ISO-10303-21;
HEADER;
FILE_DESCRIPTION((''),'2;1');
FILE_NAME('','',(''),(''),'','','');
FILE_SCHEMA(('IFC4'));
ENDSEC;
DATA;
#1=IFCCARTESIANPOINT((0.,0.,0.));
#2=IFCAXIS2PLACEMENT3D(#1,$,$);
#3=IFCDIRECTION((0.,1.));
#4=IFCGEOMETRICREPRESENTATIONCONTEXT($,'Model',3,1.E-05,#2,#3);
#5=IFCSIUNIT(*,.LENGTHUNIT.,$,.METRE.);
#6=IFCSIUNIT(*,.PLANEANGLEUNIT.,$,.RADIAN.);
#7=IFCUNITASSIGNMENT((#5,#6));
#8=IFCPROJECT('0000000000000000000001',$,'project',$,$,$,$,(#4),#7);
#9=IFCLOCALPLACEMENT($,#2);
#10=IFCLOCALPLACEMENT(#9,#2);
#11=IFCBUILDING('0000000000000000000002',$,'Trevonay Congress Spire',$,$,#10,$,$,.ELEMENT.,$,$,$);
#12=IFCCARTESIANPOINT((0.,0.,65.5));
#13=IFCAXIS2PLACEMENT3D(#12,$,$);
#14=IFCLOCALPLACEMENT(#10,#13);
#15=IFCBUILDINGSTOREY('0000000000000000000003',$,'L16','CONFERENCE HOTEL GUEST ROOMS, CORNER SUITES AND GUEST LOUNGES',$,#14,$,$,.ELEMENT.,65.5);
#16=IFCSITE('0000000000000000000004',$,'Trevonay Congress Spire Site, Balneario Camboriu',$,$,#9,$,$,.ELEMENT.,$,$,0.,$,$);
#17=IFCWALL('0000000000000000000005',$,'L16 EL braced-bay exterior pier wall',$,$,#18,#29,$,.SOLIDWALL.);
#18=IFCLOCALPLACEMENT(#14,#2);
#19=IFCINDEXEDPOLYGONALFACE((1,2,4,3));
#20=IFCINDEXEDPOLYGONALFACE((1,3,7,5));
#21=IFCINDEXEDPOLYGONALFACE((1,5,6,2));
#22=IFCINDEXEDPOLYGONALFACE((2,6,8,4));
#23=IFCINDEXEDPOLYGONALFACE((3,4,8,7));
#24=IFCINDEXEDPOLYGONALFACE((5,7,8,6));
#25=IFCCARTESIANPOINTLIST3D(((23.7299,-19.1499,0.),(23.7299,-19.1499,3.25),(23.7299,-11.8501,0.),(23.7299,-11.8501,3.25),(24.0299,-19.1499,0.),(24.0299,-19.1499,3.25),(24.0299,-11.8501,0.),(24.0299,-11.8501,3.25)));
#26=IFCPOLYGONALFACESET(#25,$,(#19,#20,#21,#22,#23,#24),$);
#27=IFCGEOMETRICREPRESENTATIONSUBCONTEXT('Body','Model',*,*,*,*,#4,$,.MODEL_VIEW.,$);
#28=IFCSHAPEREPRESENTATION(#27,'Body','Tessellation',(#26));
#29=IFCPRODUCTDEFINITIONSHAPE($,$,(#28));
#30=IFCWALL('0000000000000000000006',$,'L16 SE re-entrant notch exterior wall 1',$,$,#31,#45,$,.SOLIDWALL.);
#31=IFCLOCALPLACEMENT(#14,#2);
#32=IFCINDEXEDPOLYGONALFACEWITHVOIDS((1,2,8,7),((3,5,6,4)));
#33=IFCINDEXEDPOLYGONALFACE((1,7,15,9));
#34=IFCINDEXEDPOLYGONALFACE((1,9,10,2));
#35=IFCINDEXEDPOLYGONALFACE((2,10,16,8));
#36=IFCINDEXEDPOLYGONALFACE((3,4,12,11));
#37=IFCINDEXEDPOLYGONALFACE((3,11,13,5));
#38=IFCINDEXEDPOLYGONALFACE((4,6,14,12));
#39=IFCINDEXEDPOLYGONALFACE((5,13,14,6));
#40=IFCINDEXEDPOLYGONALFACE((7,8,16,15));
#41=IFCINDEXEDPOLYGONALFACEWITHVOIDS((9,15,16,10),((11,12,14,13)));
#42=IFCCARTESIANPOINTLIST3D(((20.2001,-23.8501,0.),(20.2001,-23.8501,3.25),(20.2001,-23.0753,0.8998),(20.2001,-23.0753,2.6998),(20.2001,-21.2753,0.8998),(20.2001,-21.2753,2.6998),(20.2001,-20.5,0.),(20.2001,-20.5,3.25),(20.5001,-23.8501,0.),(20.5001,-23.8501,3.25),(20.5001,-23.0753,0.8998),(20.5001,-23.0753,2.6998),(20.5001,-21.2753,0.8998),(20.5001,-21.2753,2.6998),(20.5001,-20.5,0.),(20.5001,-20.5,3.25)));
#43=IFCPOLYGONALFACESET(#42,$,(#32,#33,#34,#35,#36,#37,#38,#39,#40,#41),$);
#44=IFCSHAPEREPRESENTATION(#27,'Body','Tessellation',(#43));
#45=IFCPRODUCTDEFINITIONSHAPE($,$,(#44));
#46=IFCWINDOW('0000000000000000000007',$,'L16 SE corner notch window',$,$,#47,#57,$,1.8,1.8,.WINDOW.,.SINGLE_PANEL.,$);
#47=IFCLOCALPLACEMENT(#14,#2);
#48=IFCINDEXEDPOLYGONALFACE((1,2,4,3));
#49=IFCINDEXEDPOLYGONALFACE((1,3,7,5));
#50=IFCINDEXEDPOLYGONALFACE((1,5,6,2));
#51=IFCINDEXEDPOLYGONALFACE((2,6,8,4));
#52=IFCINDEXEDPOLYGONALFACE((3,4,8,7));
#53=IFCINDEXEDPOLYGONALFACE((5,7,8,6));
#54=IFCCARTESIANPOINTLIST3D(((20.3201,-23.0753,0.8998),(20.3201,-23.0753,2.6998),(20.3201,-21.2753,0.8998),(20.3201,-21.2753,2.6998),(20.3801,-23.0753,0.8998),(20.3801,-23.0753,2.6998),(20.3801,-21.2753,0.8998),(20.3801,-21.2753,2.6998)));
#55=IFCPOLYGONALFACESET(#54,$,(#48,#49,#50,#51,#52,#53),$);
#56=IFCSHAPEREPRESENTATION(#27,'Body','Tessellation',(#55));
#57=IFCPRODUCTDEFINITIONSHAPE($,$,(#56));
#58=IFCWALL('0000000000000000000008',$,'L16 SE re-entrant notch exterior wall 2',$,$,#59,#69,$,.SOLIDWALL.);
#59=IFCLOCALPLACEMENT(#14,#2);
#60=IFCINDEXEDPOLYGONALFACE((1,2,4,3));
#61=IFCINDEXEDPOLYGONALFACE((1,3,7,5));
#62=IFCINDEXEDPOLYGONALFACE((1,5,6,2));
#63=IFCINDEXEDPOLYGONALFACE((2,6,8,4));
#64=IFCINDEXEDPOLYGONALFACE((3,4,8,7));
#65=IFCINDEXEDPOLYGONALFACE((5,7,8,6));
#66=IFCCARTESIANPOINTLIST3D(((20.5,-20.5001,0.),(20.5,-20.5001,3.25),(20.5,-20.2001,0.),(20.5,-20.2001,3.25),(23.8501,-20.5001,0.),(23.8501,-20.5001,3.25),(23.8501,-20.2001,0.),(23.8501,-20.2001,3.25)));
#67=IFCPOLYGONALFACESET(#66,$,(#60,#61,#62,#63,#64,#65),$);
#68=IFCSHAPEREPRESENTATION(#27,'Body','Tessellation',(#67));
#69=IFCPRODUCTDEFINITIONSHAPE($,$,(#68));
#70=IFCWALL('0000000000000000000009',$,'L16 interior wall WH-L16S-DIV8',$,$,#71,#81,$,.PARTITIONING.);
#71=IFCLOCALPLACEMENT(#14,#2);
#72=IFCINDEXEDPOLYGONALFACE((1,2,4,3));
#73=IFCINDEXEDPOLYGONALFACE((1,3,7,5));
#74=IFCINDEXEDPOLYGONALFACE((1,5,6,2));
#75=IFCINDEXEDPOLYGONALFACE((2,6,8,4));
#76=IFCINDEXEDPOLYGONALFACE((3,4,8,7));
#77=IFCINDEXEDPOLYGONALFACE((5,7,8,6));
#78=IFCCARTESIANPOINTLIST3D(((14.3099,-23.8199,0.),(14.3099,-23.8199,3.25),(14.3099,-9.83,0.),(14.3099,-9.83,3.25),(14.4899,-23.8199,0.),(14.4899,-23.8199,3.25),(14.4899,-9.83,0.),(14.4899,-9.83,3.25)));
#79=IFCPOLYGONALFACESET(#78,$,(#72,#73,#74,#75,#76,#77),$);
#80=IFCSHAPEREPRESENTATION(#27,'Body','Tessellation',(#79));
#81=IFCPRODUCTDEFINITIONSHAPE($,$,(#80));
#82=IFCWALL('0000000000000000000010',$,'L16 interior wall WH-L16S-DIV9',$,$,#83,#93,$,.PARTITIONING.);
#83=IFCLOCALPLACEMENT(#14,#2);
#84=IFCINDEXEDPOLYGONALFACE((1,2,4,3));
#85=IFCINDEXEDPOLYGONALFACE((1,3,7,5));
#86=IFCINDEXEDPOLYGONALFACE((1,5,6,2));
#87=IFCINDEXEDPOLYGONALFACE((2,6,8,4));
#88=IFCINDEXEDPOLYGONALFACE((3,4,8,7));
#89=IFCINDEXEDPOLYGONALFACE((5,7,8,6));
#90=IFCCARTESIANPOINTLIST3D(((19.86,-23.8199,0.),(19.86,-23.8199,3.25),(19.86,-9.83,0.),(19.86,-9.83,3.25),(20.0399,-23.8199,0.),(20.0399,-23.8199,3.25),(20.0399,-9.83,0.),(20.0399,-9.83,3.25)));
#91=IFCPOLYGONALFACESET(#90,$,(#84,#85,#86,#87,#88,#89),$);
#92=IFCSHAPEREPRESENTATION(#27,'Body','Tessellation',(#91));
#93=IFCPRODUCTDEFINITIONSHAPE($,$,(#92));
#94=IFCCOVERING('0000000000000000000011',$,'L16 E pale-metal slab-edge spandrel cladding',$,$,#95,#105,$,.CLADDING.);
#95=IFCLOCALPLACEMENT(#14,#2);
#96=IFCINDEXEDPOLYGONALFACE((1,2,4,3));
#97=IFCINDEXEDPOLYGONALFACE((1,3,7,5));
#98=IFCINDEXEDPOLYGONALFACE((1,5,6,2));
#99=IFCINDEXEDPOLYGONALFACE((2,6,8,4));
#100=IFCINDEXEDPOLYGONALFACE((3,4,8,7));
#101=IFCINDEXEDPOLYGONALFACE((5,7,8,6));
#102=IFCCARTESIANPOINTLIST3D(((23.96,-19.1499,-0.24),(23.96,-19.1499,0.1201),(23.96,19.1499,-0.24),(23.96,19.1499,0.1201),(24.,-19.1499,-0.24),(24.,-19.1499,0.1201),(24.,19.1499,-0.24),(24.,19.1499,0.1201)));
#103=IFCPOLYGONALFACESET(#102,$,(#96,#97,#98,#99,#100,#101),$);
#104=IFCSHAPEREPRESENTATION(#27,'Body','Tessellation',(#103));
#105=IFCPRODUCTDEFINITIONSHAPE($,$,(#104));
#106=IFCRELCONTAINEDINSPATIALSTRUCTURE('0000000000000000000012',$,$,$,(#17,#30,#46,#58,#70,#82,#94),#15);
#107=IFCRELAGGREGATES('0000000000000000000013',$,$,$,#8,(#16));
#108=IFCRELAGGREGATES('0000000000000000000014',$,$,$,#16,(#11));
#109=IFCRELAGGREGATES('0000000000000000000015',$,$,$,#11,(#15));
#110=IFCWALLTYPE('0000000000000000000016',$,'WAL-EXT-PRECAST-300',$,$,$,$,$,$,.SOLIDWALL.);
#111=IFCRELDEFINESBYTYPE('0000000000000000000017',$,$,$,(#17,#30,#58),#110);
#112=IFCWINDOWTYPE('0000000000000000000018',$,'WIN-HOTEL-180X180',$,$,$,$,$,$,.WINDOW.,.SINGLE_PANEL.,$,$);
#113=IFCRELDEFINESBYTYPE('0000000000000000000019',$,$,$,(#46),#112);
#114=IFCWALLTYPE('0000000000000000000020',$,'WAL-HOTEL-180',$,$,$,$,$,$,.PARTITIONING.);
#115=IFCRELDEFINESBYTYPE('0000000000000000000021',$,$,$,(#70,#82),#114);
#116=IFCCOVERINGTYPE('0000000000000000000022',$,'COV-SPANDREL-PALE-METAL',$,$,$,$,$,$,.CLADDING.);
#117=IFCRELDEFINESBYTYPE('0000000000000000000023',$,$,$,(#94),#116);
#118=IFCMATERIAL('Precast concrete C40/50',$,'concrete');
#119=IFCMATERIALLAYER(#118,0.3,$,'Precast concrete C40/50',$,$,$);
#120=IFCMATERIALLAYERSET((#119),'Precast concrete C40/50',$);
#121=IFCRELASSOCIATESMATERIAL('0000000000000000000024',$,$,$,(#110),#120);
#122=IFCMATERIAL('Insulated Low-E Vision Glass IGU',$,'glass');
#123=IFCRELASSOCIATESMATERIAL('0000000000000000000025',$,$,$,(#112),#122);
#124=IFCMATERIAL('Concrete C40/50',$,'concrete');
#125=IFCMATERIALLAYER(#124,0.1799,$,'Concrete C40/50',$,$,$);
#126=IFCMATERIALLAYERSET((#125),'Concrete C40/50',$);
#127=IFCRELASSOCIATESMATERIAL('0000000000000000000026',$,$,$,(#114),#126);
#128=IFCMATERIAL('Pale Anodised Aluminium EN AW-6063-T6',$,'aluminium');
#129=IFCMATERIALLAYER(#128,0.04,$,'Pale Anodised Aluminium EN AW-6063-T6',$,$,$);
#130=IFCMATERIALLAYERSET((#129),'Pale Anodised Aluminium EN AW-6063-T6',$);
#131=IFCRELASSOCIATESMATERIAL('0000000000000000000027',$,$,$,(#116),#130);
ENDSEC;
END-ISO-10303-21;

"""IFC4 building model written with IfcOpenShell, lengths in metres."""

from ifc_helpers import new_model, si_unit, direction, frame, frame_2d, origin, place, context, subcontext, project, spatial, rectangle, extrude, material, layer, layer_set, type_object, element, fill, save


model = new_model("IFC4")

# Units and contexts
model_context = context("Model", 3, precision=1e-05, world=origin(), true_north=direction((0.0, 1.0)))
body_context = subcontext(model_context, "Body", "Model", "MODEL_VIEW")
ifc_project = project(units=[si_unit("LENGTHUNIT", "METRE"), si_unit("PLANEANGLEUNIT", "RADIAN")], contexts=[model_context])

# Site, building, storey
site_placement = place(None, origin())
site = spatial("IfcSite", under=ifc_project, at=site_placement, Name="Trevonay Congress Spire Site, Balneario Camboriu", CompositionType="ELEMENT", RefElevation=0.0)
building_placement = place(site_placement, origin())
building = spatial("IfcBuilding", under=site, at=building_placement, Name="Trevonay Congress Spire", CompositionType="ELEMENT")
storey_placement = place(building_placement, frame((0.0, 0.0, 65.5)))
storey = spatial("IfcBuildingStorey", under=building, at=storey_placement, Name="L16", Description="CONFERENCE HOTEL GUEST ROOMS, CORNER SUITES AND GUEST LOUNGES", CompositionType="ELEMENT", Elevation=65.5)

# Shared definitions
ifc_material_1 = material(Name="Pale Anodised Aluminium EN AW-6063-T6", Category="aluminium")

# Shared definitions
ifc_material_2 = material(Name="Insulated Low-E Vision Glass IGU", Category="glass")

# Shared definitions
ifc_material_3 = material(Name="Concrete C40/50", Category="concrete")

# Wall
ifc_material_4 = material(Name="Precast concrete C40/50", Category="concrete")
ifc_layer_1 = layer(ifc_material_4, 0.3, Name="Precast concrete C40/50")
ifc_layer_set_1 = layer_set([ifc_layer_1], Name="Precast concrete C40/50")
wall_type_1 = type_object("IfcWallType", Name="WAL-EXT-PRECAST-300", PredefinedType="SOLIDWALL", material=ifc_layer_set_1)
wall_1_placement = place(storey_placement, frame((23.8799, -19.1499, 0.0), z_axis=(0.0, 0.0, 1.0), x_axis=(0.0, 1.0, 0.0)))
element("IfcWall", 1, at=wall_1_placement, inside=storey, type_object=wall_type_1, Name="L16 EL braced-bay exterior pier wall", PredefinedType="SOLIDWALL", context=body_context, shape_type="SweptSolid", body=[
    extrude(rectangle(XDim=7.2998, YDim=0.3, at=frame_2d((3.6499, 0.0))), origin(), (0.0, 0.0, 1.0), 3.25),
])

# Wall, opening, window
wall_2_placement = place(storey_placement, frame((20.3501, -23.8501, 0.0), z_axis=(0.0, 0.0, 1.0), x_axis=(0.0, 1.0, 0.0)))
wall_2 = element("IfcWall", 2, at=wall_2_placement, inside=storey, type_object=wall_type_1, Name="L16 SE re-entrant notch exterior wall 1", PredefinedType="SOLIDWALL", context=body_context, shape_type="SweptSolid", body=[
    extrude(rectangle(XDim=3.3501, YDim=0.3, at=frame_2d((1.675, 0.0))), origin(), (0.0, 0.0, 1.0), 3.25),
])
opening_1_placement = place(wall_2_placement, frame((0.7749, 0.0, 0.8999)))
opening_1 = element("IfcOpeningElement", 3, at=opening_1_placement, cuts=wall_2, PredefinedType="OPENING", context=body_context, shape_type="SweptSolid", body=[
    extrude(rectangle(XDim=1.8, YDim=1.8, at=frame_2d((0.8999, 0.8999))), frame((0.0, 0.1602, 0.0), z_axis=(0.0, -1.0, 0.0), x_axis=(1.0, 0.0, 0.0)), (0.0, 0.0, 1.0), 0.3201),
])
window_type = type_object("IfcWindowType", Name="WIN-HOTEL-180X180", PartitioningType="SINGLE_PANEL", PredefinedType="WINDOW", material=ifc_material_2)
window_placement = place(opening_1_placement, origin())
window = element("IfcWindow", 4, at=window_placement, inside=storey, type_object=window_type, Name="L16 SE corner notch window", OverallHeight=1.8, OverallWidth=1.8, PartitioningType="SINGLE_PANEL", PredefinedType="WINDOW", context=body_context, shape_type="SweptSolid", body=[
    extrude(rectangle(XDim=1.8, YDim=1.8, at=frame_2d((0.8999, 0.8999))), frame((0.0, 0.03, 0.0), z_axis=(0.0, -1.0, 0.0), x_axis=(1.0, 0.0, 0.0)), (0.0, 0.0, 1.0), 0.0601),
])
fill(opening_1, window)

# Walls
wall_3_placement = place(storey_placement, frame((23.8501, -20.3501, 0.0), z_axis=(0.0, 0.0, 1.0), x_axis=(-1.0, 0.0, 0.0)))
element("IfcWall", 5, at=wall_3_placement, inside=storey, type_object=wall_type_1, Name="L16 SE re-entrant notch exterior wall 2", PredefinedType="SOLIDWALL", context=body_context, shape_type="SweptSolid", body=[
    extrude(rectangle(XDim=3.3501, YDim=0.3, at=frame_2d((1.675, 0.0))), origin(), (0.0, 0.0, 1.0), 3.25),
])
ifc_layer_2 = layer(ifc_material_3, 0.1799, Name="Concrete C40/50")
ifc_layer_set_2 = layer_set([ifc_layer_2], Name="Concrete C40/50")
wall_type_2 = type_object("IfcWallType", Name="WAL-HOTEL-180", PredefinedType="PARTITIONING", material=ifc_layer_set_2)
for number, where, z_axis, x_axis, name in (
    (6, (14.3999, -23.8201, 0.0), (0.0, 0.0, 1.0), (0.0, 1.0, 0.0), "L16 interior wall WH-L16S-DIV8"),
    (7, (19.95, -23.8201, 0.0), (0.0, 0.0, 1.0), (0.0, 1.0, 0.0), "L16 interior wall WH-L16S-DIV9"),
):
    element("IfcWall", number, at=place(storey_placement, frame(where, z_axis=z_axis, x_axis=x_axis)), inside=storey, type_object=wall_type_2, Name=name, PredefinedType="PARTITIONING", context=body_context, shape_type="SweptSolid", body=[
        extrude(rectangle(XDim=13.99, YDim=0.1799, at=frame_2d((6.9951, 0.0))), origin(), (0.0, 0.0, 1.0), 3.25),
    ])

# Covering
ifc_layer_3 = layer(ifc_material_1, 0.04, Name="Pale Anodised Aluminium EN AW-6063-T6")
ifc_layer_set_3 = layer_set([ifc_layer_3], Name="Pale Anodised Aluminium EN AW-6063-T6")
covering_type = type_object("IfcCoveringType", Name="COV-SPANDREL-PALE-METAL", PredefinedType="CLADDING", material=ifc_layer_set_3)
covering_placement = place(storey_placement, frame((23.98, -19.1499, -0.24), z_axis=(0.0, 0.0, 1.0), x_axis=(0.0, 1.0, 0.0)))
element("IfcCovering", 8, at=covering_placement, inside=storey, type_object=covering_type, Name="L16 E pale-metal slab-edge spandrel cladding", PredefinedType="CLADDING", context=body_context, shape_type="SweptSolid", body=[
    extrude(rectangle(XDim=38.2998, YDim=0.04, at=frame_2d((19.1499, 0.0))), origin(), (0.0, 0.0, 1.0), 0.3601),
])

save(model, "model.ifc")
